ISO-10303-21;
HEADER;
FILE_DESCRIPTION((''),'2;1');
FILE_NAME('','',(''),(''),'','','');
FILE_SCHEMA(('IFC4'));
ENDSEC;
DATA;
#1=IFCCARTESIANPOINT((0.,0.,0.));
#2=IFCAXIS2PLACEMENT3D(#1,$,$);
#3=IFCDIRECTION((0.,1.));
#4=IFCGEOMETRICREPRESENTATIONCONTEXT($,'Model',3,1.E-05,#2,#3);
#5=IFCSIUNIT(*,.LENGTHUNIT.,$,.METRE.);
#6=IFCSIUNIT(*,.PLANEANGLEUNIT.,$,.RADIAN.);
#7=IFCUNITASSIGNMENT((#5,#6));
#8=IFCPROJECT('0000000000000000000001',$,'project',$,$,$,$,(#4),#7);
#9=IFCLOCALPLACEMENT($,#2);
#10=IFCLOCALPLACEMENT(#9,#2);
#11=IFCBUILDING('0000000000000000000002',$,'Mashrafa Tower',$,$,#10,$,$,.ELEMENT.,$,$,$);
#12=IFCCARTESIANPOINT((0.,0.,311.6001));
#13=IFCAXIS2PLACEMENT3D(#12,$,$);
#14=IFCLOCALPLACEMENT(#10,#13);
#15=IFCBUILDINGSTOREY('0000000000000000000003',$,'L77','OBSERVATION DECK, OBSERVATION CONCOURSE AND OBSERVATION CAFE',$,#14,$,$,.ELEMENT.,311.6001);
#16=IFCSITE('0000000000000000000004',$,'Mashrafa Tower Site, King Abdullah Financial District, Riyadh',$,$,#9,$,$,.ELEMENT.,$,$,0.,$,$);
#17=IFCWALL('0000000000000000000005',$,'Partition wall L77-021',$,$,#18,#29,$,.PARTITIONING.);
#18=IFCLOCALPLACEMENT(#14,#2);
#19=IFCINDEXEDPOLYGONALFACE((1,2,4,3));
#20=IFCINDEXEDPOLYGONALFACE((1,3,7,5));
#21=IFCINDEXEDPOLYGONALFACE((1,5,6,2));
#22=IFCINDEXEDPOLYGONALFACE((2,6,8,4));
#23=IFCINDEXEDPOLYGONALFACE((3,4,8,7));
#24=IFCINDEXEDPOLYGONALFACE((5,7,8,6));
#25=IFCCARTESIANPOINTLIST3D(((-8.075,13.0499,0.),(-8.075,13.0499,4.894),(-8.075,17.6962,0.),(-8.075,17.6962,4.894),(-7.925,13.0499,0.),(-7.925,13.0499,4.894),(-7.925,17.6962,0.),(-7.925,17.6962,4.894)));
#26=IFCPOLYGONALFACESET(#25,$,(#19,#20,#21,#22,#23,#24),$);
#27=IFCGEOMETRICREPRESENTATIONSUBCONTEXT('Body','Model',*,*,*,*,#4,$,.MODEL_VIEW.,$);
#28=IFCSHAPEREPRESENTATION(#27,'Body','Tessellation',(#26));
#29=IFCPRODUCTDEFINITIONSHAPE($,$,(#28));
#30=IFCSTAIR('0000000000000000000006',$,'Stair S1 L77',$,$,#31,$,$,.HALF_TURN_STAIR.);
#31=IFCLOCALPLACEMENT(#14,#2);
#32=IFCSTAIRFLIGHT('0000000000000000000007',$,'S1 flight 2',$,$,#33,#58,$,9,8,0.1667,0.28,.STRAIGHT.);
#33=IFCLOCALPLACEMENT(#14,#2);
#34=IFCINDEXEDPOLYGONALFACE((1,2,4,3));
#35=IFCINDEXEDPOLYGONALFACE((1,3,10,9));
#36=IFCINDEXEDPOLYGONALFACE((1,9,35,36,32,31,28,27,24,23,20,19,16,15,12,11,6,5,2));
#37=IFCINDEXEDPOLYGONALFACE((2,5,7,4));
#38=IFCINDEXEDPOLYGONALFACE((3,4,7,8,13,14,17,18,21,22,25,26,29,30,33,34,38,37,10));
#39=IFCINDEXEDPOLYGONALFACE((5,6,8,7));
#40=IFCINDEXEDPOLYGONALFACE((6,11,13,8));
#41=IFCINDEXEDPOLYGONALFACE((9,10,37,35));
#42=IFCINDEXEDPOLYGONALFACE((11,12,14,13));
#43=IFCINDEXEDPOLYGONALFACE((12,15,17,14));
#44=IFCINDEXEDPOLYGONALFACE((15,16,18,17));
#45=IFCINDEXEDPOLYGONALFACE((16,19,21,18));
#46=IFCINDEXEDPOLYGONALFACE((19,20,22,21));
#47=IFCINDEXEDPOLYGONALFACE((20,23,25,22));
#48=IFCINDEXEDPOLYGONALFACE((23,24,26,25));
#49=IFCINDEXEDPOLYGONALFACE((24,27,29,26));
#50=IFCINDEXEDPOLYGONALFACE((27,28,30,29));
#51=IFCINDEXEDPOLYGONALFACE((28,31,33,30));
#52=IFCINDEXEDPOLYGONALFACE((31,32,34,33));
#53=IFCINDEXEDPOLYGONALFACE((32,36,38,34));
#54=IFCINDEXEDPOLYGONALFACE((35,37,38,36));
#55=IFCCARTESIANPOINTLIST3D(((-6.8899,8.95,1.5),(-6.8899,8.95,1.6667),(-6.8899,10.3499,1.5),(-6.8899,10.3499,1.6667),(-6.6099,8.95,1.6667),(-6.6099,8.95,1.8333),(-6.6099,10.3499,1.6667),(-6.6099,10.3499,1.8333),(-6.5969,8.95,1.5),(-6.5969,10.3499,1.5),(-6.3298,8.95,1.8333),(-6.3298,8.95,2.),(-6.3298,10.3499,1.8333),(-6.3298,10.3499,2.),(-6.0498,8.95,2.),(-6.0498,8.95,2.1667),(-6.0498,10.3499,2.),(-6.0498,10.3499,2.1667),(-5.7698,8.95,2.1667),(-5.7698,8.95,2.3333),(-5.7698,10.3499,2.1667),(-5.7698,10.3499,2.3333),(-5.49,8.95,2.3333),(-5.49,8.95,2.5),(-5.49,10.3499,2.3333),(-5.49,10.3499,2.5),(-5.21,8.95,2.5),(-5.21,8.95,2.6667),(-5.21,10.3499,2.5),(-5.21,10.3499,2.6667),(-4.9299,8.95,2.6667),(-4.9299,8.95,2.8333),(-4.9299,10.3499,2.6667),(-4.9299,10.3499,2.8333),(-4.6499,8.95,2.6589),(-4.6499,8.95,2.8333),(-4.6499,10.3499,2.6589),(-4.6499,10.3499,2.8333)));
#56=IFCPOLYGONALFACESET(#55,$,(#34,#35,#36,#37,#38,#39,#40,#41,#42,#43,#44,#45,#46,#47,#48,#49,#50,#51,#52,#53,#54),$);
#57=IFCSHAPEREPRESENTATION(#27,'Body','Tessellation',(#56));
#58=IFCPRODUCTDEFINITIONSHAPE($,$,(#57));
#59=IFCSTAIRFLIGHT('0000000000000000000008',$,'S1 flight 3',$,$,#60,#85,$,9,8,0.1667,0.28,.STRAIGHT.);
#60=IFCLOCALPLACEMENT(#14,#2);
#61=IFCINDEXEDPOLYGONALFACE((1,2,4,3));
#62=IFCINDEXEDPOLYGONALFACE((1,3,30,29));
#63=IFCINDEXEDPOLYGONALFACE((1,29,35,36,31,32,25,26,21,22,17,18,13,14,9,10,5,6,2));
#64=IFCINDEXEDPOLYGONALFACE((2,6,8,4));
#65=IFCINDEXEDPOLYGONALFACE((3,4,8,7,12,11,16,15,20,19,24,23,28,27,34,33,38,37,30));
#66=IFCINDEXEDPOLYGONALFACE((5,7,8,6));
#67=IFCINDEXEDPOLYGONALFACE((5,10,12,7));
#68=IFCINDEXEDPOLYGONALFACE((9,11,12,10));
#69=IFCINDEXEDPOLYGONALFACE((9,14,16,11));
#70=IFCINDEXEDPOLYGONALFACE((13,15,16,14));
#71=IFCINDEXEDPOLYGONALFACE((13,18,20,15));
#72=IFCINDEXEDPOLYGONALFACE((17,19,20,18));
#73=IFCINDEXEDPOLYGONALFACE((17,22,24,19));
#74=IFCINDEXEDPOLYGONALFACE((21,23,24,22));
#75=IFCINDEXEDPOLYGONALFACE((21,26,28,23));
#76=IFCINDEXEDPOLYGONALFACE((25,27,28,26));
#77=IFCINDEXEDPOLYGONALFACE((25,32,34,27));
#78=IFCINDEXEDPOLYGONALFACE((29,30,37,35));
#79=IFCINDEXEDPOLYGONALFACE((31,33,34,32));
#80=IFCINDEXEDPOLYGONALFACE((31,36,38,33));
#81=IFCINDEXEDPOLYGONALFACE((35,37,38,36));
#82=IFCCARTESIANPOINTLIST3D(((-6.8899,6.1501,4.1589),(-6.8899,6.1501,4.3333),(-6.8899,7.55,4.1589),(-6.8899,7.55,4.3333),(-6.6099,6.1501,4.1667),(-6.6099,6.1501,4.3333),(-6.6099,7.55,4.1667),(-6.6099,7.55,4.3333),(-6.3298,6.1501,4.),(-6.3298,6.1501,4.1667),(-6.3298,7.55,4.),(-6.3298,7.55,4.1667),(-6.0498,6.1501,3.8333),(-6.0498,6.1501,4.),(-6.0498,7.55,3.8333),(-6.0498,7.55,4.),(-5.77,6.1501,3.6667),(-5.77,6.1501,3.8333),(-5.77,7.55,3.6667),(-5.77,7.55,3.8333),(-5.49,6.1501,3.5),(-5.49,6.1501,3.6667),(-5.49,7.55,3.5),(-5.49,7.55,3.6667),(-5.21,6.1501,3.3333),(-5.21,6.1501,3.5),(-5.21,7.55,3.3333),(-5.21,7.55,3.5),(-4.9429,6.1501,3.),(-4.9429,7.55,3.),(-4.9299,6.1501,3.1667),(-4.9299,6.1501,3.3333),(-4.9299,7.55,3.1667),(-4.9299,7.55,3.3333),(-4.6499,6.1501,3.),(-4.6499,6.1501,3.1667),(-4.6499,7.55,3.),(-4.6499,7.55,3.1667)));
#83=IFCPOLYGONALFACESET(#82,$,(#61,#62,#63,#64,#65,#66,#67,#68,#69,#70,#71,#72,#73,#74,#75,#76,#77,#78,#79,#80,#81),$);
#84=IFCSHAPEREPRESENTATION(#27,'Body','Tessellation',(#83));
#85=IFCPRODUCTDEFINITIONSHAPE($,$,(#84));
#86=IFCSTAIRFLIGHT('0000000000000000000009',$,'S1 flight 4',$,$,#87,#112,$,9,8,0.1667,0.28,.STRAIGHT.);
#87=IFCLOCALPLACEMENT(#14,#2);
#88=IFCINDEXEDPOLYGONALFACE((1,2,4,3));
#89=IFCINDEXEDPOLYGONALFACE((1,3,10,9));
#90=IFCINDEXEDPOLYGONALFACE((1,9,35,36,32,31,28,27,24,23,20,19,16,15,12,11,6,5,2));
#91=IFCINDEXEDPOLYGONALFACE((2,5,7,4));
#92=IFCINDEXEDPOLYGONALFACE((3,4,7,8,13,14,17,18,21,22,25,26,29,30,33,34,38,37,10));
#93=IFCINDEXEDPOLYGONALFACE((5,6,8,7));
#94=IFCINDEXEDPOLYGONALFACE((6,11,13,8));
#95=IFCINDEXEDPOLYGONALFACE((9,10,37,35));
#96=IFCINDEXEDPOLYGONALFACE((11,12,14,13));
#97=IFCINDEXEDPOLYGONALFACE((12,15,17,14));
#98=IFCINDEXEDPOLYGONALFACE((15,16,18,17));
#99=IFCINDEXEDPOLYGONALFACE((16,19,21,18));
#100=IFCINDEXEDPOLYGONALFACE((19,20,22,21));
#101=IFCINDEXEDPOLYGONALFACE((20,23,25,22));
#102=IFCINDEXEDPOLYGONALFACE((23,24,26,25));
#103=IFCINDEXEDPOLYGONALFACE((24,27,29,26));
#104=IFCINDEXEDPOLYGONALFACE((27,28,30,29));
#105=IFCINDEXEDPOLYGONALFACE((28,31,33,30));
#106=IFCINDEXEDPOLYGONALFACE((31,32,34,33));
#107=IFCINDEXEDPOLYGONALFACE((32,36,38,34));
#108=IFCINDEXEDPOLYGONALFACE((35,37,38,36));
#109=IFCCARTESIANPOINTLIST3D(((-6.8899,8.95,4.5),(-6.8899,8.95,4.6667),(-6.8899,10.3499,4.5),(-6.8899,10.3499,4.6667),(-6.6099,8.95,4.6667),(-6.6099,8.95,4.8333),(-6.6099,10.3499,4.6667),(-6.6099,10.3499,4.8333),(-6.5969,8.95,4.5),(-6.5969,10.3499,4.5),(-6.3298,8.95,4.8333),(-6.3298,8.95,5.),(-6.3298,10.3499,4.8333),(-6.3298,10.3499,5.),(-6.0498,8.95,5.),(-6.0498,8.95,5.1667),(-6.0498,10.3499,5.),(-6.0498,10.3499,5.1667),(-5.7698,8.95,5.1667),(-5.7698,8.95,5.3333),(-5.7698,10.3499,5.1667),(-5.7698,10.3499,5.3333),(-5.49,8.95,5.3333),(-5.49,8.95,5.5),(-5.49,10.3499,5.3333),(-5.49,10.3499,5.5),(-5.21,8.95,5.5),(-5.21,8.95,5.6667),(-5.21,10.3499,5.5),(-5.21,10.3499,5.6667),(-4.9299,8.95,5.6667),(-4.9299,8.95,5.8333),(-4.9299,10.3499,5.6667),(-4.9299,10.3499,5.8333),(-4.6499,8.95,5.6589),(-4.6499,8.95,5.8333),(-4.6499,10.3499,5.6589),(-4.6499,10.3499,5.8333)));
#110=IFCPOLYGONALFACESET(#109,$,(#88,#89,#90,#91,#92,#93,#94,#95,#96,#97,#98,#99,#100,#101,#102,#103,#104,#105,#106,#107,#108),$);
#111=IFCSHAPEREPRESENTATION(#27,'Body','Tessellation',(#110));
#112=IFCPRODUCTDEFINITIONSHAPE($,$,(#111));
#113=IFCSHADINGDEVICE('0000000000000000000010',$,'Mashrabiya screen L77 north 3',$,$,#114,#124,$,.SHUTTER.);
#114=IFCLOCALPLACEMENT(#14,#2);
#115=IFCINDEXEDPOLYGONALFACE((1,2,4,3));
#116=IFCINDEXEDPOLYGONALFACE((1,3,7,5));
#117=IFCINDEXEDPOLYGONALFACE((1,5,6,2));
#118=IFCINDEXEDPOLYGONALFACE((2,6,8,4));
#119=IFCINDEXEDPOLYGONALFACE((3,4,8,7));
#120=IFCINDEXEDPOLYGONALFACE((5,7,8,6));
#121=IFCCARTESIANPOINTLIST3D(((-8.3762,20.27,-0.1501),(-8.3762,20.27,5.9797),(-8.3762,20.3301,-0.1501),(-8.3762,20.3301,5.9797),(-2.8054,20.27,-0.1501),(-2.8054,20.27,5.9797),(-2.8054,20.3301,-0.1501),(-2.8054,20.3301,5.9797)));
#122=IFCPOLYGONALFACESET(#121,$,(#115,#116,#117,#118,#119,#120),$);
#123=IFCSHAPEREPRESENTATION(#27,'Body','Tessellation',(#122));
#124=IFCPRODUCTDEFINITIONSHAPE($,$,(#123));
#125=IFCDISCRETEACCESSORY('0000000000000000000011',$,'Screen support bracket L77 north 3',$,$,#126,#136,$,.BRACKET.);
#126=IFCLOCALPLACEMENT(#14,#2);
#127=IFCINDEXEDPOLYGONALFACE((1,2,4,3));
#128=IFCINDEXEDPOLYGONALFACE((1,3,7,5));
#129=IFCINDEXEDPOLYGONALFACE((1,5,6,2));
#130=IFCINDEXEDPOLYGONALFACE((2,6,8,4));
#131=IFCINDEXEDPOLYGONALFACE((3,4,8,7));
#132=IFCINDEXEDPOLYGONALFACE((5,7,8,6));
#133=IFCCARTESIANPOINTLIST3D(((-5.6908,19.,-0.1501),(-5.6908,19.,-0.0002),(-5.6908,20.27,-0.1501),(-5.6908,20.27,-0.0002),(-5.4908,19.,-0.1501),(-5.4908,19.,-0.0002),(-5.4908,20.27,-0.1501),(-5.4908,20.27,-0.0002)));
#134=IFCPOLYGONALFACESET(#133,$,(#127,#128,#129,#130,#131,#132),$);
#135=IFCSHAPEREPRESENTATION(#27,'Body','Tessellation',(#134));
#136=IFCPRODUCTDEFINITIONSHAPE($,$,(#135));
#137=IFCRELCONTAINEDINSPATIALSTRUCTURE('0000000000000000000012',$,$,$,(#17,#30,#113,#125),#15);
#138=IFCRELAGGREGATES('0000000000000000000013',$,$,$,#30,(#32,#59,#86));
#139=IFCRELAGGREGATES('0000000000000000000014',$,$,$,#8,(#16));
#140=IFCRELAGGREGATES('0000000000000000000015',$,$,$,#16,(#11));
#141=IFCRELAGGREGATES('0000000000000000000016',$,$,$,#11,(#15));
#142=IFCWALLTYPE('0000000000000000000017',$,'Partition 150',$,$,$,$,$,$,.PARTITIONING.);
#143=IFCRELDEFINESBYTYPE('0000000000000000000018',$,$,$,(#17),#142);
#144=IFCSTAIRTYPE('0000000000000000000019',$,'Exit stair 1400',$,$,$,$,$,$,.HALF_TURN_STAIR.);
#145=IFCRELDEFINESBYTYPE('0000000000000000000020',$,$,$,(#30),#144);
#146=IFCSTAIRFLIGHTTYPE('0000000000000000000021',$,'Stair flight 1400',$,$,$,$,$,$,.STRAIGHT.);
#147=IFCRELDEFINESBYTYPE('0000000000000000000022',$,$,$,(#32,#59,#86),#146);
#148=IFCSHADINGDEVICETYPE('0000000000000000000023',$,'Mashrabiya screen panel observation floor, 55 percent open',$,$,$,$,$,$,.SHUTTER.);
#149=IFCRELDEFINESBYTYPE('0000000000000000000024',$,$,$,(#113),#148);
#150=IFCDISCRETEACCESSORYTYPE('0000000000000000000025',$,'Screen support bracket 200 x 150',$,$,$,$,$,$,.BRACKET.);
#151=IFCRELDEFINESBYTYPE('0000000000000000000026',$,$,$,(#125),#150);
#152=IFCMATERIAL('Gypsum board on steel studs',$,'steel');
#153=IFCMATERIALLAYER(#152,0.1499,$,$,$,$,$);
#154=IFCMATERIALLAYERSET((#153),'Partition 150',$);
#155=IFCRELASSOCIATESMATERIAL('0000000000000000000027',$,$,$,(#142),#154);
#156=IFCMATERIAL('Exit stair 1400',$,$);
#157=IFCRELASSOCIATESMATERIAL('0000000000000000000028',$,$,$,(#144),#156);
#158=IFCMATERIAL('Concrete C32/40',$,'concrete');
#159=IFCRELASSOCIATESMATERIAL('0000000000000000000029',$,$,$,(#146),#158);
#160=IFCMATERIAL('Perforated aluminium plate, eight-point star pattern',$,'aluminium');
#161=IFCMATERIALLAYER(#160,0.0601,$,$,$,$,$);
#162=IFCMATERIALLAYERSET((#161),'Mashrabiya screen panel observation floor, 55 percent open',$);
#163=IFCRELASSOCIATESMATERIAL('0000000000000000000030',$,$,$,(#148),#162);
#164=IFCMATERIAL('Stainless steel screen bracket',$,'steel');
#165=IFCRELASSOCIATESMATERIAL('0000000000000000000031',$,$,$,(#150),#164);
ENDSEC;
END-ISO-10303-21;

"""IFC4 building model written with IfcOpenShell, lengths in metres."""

from ifc_helpers import new_model, si_unit, direction, frame, frame_2d, origin, origin_2d, place, context, subcontext, project, spatial, polyline, rectangle, outline, extrude, source, transform, mapped, material, layer, layer_set, type_object, type_shapes, element, aggregate, save


model = new_model("IFC4")

# Units and contexts
model_context = context("Model", 3, precision=1e-05, world=origin(), true_north=direction((0.0, 1.0)))
body_context = subcontext(model_context, "Body", "Model", "MODEL_VIEW")
ifc_project = project(units=[si_unit("LENGTHUNIT", "METRE"), si_unit("PLANEANGLEUNIT", "RADIAN")], contexts=[model_context])

# Site, building, storey
site_placement = place(None, origin())
site = spatial("IfcSite", under=ifc_project, at=site_placement, Name="Mashrafa Tower Site, King Abdullah Financial District, Riyadh", CompositionType="ELEMENT", RefElevation=0.0)
building_placement = place(site_placement, origin())
building = spatial("IfcBuilding", under=site, at=building_placement, Name="Mashrafa Tower", CompositionType="ELEMENT")
storey_placement = place(building_placement, frame((0.0, 0.0, 311.6001)))
storey = spatial("IfcBuildingStorey", under=building, at=storey_placement, Name="L77", Description="OBSERVATION DECK, OBSERVATION CONCOURSE AND OBSERVATION CAFE", CompositionType="ELEMENT", Elevation=311.6001)

# Wall
ifc_material_1 = material(Name="Gypsum board on steel studs", Category="steel")
ifc_layer_1 = layer(ifc_material_1, 0.1499)
ifc_layer_set_1 = layer_set([ifc_layer_1], Name="Partition 150")
wall_type_1 = type_object("IfcWallType", Name="Partition 150", PredefinedType="PARTITIONING", material=ifc_layer_set_1)
wall_1_placement = place(storey_placement, frame((-8.0, 17.6963, 0.0), z_axis=(0.0, 0.0, 1.0), x_axis=(0.0, -1.0, 0.0)))
element("IfcWall", 1, at=wall_1_placement, inside=storey, type_object=wall_type_1, Name="Partition wall L77-021", PredefinedType="PARTITIONING", context=body_context, shape_type="SweptSolid", body=[
    extrude(rectangle(XDim=4.6462, YDim=0.1499, at=frame_2d((2.3232, 0.0))), origin(), (0.0, 0.0, 1.0), 4.894),
])

# Stair, stair flights
ifc_material_2 = material(Name="Exit stair 1400")
stair_type = type_object("IfcStairType", Name="Exit stair 1400", PredefinedType="HALF_TURN_STAIR", material=ifc_material_2)
stair_placement = place(storey_placement, origin())
stair = element("IfcStair", 2, at=stair_placement, inside=storey, type_object=stair_type, Name="Stair S1 L77", PredefinedType="HALF_TURN_STAIR")
ifc_material_3 = material(Name="Concrete C32/40", Category="concrete")
stair_flight_type = type_object("IfcStairFlightType", Name="Stair flight 1400", PredefinedType="STRAIGHT", material=ifc_material_3)
stair_flight_1_placement = place(storey_placement, frame((-6.8899, 9.6499, 1.5), z_axis=(0.0, 0.0, 1.0), x_axis=(1.0, 0.0, 0.0)))
stair_flight_1 = element("IfcStairFlight", 3, at=stair_flight_1_placement, type_object=stair_flight_type, Name="S1 flight 2", NumberOfRisers=9, NumberOfTreads=8, PredefinedType="STRAIGHT", RiserHeight=0.1667, TreadLength=0.28, context=body_context, shape_type="SweptSolid", body=[
    extrude(outline(polyline([(0.0, 0.0), (0.0, 0.1667), (0.28, 0.1667), (0.28, 0.3333), (0.5601, 0.3333), (0.5601, 0.5), (0.8401, 0.5), (0.8401, 0.6667), (1.1201, 0.6667), (1.1201, 0.8333), (1.3999, 0.8333), (1.3999, 1.0), (1.6799, 1.0), (1.6799, 1.1667), (1.96, 1.1667), (1.96, 1.3333), (2.24, 1.3333), (2.24, 1.5), (2.24, 1.1589), (0.293, 0.0), (0.0, 0.0)])), frame((0.0, 0.7, 0.0), z_axis=(0.0, -1.0, 0.0), x_axis=(1.0, 0.0, 0.0)), (0.0, 0.0, 1.0), 1.3999),
])
stair_flight_2_placement = place(storey_placement, frame((-4.6499, 6.8501, 3.0), z_axis=(0.0, 0.0, 1.0), x_axis=(-1.0, 0.0, 0.0)))
stair_flight_2 = element("IfcStairFlight", 4, at=stair_flight_2_placement, type_object=stair_flight_type, Name="S1 flight 3", NumberOfRisers=9, NumberOfTreads=8, PredefinedType="STRAIGHT", RiserHeight=0.1667, TreadLength=0.28, context=body_context, shape_type="SweptSolid", body=[
    extrude(outline(polyline([(0.0, 0.0), (0.0, 0.1667), (0.28, 0.1667), (0.28, 0.3333), (0.5601, 0.3333), (0.5601, 0.5), (0.8401, 0.5), (0.8401, 0.6667), (1.1201, 0.6667), (1.1201, 0.8333), (1.3999, 0.8333), (1.3999, 1.0), (1.6799, 1.0), (1.6799, 1.1667), (1.96, 1.1667), (1.96, 1.3333), (2.24, 1.3333), (2.24, 1.5), (2.24, 1.1589), (0.293, 0.0), (0.0, 0.0)])), frame((0.0, 0.7, 0.0), z_axis=(0.0, -1.0, 0.0), x_axis=(1.0, 0.0, 0.0)), (0.0, 0.0, 1.0), 1.3999),
])
stair_flight_3_placement = place(storey_placement, frame((-6.8899, 9.6499, 4.5), z_axis=(0.0, 0.0, 1.0), x_axis=(1.0, 0.0, 0.0)))
stair_flight_3 = element("IfcStairFlight", 5, at=stair_flight_3_placement, type_object=stair_flight_type, Name="S1 flight 4", NumberOfRisers=9, NumberOfTreads=8, PredefinedType="STRAIGHT", RiserHeight=0.1667, TreadLength=0.28, context=body_context, shape_type="SweptSolid", body=[
    extrude(outline(polyline([(0.0, 0.0), (0.0, 0.1667), (0.28, 0.1667), (0.28, 0.3333), (0.5601, 0.3333), (0.5601, 0.5), (0.8401, 0.5), (0.8401, 0.6667), (1.1201, 0.6667), (1.1201, 0.8333), (1.3999, 0.8333), (1.3999, 1.0), (1.6799, 1.0), (1.6799, 1.1667), (1.96, 1.1667), (1.96, 1.3333), (2.24, 1.3333), (2.24, 1.5), (2.24, 1.1589), (0.293, 0.0), (0.0, 0.0)])), frame((0.0, 0.7, 0.0), z_axis=(0.0, -1.0, 0.0), x_axis=(1.0, 0.0, 0.0)), (0.0, 0.0, 1.0), 1.3999),
])
aggregate(stair, [stair_flight_1, stair_flight_2, stair_flight_3])

# Shading device
ifc_material_4 = material(Name="Perforated aluminium plate, eight-point star pattern", Category="aluminium")
ifc_layer_2 = layer(ifc_material_4, 0.0601)
ifc_layer_set_2 = layer_set([ifc_layer_2], Name="Mashrabiya screen panel observation floor, 55 percent open")
shading_device_type = type_object("IfcShadingDeviceType", Name="Mashrabiya screen panel observation floor, 55 percent open", PredefinedType="SHUTTER", material=ifc_layer_set_2)
shared_shape_1 = source(origin(), body_context, "Body", "SweptSolid", [
    extrude(rectangle(XDim=5.5708, YDim=0.0601, at=origin_2d()), origin(), (0.0, 0.0, 1.0), 6.1299),
])
type_shapes(shading_device_type, [shared_shape_1])
shading_device_placement = place(storey_placement, frame((-5.5908, 20.3, -0.1501), z_axis=(0.0, 0.0, 1.0), x_axis=(-1.0, 0.0, 0.0)))
element("IfcShadingDevice", 6, at=shading_device_placement, inside=storey, type_object=shading_device_type, Name="Mashrabiya screen L77 north 3", PredefinedType="SHUTTER", context=body_context, shape_type="MappedRepresentation", body=[
    mapped(shared_shape_1, transform((0.0, 0.0, 0.0))),
])

# Discrete accessory
ifc_material_5 = material(Name="Stainless steel screen bracket", Category="steel")
discrete_accessory_type = type_object("IfcDiscreteAccessoryType", Name="Screen support bracket 200 x 150", PredefinedType="BRACKET", material=ifc_material_5)
shared_shape_2 = source(origin(), body_context, "Body", "SweptSolid", [
    extrude(rectangle(XDim=0.2, YDim=1.27, at=origin_2d()), origin(), (0.0, 0.0, 1.0), 0.1499),
])
type_shapes(discrete_accessory_type, [shared_shape_2])
discrete_accessory_placement = place(storey_placement, frame((-5.5908, 19.635, -0.1501), z_axis=(0.0, 0.0, 1.0), x_axis=(-1.0, 0.0, 0.0)))
element("IfcDiscreteAccessory", 7, at=discrete_accessory_placement, inside=storey, type_object=discrete_accessory_type, Name="Screen support bracket L77 north 3", PredefinedType="BRACKET", context=body_context, shape_type="MappedRepresentation", body=[
    mapped(shared_shape_2, transform((0.0, 0.0, 0.0))),
])

save(model, "model.ifc")
